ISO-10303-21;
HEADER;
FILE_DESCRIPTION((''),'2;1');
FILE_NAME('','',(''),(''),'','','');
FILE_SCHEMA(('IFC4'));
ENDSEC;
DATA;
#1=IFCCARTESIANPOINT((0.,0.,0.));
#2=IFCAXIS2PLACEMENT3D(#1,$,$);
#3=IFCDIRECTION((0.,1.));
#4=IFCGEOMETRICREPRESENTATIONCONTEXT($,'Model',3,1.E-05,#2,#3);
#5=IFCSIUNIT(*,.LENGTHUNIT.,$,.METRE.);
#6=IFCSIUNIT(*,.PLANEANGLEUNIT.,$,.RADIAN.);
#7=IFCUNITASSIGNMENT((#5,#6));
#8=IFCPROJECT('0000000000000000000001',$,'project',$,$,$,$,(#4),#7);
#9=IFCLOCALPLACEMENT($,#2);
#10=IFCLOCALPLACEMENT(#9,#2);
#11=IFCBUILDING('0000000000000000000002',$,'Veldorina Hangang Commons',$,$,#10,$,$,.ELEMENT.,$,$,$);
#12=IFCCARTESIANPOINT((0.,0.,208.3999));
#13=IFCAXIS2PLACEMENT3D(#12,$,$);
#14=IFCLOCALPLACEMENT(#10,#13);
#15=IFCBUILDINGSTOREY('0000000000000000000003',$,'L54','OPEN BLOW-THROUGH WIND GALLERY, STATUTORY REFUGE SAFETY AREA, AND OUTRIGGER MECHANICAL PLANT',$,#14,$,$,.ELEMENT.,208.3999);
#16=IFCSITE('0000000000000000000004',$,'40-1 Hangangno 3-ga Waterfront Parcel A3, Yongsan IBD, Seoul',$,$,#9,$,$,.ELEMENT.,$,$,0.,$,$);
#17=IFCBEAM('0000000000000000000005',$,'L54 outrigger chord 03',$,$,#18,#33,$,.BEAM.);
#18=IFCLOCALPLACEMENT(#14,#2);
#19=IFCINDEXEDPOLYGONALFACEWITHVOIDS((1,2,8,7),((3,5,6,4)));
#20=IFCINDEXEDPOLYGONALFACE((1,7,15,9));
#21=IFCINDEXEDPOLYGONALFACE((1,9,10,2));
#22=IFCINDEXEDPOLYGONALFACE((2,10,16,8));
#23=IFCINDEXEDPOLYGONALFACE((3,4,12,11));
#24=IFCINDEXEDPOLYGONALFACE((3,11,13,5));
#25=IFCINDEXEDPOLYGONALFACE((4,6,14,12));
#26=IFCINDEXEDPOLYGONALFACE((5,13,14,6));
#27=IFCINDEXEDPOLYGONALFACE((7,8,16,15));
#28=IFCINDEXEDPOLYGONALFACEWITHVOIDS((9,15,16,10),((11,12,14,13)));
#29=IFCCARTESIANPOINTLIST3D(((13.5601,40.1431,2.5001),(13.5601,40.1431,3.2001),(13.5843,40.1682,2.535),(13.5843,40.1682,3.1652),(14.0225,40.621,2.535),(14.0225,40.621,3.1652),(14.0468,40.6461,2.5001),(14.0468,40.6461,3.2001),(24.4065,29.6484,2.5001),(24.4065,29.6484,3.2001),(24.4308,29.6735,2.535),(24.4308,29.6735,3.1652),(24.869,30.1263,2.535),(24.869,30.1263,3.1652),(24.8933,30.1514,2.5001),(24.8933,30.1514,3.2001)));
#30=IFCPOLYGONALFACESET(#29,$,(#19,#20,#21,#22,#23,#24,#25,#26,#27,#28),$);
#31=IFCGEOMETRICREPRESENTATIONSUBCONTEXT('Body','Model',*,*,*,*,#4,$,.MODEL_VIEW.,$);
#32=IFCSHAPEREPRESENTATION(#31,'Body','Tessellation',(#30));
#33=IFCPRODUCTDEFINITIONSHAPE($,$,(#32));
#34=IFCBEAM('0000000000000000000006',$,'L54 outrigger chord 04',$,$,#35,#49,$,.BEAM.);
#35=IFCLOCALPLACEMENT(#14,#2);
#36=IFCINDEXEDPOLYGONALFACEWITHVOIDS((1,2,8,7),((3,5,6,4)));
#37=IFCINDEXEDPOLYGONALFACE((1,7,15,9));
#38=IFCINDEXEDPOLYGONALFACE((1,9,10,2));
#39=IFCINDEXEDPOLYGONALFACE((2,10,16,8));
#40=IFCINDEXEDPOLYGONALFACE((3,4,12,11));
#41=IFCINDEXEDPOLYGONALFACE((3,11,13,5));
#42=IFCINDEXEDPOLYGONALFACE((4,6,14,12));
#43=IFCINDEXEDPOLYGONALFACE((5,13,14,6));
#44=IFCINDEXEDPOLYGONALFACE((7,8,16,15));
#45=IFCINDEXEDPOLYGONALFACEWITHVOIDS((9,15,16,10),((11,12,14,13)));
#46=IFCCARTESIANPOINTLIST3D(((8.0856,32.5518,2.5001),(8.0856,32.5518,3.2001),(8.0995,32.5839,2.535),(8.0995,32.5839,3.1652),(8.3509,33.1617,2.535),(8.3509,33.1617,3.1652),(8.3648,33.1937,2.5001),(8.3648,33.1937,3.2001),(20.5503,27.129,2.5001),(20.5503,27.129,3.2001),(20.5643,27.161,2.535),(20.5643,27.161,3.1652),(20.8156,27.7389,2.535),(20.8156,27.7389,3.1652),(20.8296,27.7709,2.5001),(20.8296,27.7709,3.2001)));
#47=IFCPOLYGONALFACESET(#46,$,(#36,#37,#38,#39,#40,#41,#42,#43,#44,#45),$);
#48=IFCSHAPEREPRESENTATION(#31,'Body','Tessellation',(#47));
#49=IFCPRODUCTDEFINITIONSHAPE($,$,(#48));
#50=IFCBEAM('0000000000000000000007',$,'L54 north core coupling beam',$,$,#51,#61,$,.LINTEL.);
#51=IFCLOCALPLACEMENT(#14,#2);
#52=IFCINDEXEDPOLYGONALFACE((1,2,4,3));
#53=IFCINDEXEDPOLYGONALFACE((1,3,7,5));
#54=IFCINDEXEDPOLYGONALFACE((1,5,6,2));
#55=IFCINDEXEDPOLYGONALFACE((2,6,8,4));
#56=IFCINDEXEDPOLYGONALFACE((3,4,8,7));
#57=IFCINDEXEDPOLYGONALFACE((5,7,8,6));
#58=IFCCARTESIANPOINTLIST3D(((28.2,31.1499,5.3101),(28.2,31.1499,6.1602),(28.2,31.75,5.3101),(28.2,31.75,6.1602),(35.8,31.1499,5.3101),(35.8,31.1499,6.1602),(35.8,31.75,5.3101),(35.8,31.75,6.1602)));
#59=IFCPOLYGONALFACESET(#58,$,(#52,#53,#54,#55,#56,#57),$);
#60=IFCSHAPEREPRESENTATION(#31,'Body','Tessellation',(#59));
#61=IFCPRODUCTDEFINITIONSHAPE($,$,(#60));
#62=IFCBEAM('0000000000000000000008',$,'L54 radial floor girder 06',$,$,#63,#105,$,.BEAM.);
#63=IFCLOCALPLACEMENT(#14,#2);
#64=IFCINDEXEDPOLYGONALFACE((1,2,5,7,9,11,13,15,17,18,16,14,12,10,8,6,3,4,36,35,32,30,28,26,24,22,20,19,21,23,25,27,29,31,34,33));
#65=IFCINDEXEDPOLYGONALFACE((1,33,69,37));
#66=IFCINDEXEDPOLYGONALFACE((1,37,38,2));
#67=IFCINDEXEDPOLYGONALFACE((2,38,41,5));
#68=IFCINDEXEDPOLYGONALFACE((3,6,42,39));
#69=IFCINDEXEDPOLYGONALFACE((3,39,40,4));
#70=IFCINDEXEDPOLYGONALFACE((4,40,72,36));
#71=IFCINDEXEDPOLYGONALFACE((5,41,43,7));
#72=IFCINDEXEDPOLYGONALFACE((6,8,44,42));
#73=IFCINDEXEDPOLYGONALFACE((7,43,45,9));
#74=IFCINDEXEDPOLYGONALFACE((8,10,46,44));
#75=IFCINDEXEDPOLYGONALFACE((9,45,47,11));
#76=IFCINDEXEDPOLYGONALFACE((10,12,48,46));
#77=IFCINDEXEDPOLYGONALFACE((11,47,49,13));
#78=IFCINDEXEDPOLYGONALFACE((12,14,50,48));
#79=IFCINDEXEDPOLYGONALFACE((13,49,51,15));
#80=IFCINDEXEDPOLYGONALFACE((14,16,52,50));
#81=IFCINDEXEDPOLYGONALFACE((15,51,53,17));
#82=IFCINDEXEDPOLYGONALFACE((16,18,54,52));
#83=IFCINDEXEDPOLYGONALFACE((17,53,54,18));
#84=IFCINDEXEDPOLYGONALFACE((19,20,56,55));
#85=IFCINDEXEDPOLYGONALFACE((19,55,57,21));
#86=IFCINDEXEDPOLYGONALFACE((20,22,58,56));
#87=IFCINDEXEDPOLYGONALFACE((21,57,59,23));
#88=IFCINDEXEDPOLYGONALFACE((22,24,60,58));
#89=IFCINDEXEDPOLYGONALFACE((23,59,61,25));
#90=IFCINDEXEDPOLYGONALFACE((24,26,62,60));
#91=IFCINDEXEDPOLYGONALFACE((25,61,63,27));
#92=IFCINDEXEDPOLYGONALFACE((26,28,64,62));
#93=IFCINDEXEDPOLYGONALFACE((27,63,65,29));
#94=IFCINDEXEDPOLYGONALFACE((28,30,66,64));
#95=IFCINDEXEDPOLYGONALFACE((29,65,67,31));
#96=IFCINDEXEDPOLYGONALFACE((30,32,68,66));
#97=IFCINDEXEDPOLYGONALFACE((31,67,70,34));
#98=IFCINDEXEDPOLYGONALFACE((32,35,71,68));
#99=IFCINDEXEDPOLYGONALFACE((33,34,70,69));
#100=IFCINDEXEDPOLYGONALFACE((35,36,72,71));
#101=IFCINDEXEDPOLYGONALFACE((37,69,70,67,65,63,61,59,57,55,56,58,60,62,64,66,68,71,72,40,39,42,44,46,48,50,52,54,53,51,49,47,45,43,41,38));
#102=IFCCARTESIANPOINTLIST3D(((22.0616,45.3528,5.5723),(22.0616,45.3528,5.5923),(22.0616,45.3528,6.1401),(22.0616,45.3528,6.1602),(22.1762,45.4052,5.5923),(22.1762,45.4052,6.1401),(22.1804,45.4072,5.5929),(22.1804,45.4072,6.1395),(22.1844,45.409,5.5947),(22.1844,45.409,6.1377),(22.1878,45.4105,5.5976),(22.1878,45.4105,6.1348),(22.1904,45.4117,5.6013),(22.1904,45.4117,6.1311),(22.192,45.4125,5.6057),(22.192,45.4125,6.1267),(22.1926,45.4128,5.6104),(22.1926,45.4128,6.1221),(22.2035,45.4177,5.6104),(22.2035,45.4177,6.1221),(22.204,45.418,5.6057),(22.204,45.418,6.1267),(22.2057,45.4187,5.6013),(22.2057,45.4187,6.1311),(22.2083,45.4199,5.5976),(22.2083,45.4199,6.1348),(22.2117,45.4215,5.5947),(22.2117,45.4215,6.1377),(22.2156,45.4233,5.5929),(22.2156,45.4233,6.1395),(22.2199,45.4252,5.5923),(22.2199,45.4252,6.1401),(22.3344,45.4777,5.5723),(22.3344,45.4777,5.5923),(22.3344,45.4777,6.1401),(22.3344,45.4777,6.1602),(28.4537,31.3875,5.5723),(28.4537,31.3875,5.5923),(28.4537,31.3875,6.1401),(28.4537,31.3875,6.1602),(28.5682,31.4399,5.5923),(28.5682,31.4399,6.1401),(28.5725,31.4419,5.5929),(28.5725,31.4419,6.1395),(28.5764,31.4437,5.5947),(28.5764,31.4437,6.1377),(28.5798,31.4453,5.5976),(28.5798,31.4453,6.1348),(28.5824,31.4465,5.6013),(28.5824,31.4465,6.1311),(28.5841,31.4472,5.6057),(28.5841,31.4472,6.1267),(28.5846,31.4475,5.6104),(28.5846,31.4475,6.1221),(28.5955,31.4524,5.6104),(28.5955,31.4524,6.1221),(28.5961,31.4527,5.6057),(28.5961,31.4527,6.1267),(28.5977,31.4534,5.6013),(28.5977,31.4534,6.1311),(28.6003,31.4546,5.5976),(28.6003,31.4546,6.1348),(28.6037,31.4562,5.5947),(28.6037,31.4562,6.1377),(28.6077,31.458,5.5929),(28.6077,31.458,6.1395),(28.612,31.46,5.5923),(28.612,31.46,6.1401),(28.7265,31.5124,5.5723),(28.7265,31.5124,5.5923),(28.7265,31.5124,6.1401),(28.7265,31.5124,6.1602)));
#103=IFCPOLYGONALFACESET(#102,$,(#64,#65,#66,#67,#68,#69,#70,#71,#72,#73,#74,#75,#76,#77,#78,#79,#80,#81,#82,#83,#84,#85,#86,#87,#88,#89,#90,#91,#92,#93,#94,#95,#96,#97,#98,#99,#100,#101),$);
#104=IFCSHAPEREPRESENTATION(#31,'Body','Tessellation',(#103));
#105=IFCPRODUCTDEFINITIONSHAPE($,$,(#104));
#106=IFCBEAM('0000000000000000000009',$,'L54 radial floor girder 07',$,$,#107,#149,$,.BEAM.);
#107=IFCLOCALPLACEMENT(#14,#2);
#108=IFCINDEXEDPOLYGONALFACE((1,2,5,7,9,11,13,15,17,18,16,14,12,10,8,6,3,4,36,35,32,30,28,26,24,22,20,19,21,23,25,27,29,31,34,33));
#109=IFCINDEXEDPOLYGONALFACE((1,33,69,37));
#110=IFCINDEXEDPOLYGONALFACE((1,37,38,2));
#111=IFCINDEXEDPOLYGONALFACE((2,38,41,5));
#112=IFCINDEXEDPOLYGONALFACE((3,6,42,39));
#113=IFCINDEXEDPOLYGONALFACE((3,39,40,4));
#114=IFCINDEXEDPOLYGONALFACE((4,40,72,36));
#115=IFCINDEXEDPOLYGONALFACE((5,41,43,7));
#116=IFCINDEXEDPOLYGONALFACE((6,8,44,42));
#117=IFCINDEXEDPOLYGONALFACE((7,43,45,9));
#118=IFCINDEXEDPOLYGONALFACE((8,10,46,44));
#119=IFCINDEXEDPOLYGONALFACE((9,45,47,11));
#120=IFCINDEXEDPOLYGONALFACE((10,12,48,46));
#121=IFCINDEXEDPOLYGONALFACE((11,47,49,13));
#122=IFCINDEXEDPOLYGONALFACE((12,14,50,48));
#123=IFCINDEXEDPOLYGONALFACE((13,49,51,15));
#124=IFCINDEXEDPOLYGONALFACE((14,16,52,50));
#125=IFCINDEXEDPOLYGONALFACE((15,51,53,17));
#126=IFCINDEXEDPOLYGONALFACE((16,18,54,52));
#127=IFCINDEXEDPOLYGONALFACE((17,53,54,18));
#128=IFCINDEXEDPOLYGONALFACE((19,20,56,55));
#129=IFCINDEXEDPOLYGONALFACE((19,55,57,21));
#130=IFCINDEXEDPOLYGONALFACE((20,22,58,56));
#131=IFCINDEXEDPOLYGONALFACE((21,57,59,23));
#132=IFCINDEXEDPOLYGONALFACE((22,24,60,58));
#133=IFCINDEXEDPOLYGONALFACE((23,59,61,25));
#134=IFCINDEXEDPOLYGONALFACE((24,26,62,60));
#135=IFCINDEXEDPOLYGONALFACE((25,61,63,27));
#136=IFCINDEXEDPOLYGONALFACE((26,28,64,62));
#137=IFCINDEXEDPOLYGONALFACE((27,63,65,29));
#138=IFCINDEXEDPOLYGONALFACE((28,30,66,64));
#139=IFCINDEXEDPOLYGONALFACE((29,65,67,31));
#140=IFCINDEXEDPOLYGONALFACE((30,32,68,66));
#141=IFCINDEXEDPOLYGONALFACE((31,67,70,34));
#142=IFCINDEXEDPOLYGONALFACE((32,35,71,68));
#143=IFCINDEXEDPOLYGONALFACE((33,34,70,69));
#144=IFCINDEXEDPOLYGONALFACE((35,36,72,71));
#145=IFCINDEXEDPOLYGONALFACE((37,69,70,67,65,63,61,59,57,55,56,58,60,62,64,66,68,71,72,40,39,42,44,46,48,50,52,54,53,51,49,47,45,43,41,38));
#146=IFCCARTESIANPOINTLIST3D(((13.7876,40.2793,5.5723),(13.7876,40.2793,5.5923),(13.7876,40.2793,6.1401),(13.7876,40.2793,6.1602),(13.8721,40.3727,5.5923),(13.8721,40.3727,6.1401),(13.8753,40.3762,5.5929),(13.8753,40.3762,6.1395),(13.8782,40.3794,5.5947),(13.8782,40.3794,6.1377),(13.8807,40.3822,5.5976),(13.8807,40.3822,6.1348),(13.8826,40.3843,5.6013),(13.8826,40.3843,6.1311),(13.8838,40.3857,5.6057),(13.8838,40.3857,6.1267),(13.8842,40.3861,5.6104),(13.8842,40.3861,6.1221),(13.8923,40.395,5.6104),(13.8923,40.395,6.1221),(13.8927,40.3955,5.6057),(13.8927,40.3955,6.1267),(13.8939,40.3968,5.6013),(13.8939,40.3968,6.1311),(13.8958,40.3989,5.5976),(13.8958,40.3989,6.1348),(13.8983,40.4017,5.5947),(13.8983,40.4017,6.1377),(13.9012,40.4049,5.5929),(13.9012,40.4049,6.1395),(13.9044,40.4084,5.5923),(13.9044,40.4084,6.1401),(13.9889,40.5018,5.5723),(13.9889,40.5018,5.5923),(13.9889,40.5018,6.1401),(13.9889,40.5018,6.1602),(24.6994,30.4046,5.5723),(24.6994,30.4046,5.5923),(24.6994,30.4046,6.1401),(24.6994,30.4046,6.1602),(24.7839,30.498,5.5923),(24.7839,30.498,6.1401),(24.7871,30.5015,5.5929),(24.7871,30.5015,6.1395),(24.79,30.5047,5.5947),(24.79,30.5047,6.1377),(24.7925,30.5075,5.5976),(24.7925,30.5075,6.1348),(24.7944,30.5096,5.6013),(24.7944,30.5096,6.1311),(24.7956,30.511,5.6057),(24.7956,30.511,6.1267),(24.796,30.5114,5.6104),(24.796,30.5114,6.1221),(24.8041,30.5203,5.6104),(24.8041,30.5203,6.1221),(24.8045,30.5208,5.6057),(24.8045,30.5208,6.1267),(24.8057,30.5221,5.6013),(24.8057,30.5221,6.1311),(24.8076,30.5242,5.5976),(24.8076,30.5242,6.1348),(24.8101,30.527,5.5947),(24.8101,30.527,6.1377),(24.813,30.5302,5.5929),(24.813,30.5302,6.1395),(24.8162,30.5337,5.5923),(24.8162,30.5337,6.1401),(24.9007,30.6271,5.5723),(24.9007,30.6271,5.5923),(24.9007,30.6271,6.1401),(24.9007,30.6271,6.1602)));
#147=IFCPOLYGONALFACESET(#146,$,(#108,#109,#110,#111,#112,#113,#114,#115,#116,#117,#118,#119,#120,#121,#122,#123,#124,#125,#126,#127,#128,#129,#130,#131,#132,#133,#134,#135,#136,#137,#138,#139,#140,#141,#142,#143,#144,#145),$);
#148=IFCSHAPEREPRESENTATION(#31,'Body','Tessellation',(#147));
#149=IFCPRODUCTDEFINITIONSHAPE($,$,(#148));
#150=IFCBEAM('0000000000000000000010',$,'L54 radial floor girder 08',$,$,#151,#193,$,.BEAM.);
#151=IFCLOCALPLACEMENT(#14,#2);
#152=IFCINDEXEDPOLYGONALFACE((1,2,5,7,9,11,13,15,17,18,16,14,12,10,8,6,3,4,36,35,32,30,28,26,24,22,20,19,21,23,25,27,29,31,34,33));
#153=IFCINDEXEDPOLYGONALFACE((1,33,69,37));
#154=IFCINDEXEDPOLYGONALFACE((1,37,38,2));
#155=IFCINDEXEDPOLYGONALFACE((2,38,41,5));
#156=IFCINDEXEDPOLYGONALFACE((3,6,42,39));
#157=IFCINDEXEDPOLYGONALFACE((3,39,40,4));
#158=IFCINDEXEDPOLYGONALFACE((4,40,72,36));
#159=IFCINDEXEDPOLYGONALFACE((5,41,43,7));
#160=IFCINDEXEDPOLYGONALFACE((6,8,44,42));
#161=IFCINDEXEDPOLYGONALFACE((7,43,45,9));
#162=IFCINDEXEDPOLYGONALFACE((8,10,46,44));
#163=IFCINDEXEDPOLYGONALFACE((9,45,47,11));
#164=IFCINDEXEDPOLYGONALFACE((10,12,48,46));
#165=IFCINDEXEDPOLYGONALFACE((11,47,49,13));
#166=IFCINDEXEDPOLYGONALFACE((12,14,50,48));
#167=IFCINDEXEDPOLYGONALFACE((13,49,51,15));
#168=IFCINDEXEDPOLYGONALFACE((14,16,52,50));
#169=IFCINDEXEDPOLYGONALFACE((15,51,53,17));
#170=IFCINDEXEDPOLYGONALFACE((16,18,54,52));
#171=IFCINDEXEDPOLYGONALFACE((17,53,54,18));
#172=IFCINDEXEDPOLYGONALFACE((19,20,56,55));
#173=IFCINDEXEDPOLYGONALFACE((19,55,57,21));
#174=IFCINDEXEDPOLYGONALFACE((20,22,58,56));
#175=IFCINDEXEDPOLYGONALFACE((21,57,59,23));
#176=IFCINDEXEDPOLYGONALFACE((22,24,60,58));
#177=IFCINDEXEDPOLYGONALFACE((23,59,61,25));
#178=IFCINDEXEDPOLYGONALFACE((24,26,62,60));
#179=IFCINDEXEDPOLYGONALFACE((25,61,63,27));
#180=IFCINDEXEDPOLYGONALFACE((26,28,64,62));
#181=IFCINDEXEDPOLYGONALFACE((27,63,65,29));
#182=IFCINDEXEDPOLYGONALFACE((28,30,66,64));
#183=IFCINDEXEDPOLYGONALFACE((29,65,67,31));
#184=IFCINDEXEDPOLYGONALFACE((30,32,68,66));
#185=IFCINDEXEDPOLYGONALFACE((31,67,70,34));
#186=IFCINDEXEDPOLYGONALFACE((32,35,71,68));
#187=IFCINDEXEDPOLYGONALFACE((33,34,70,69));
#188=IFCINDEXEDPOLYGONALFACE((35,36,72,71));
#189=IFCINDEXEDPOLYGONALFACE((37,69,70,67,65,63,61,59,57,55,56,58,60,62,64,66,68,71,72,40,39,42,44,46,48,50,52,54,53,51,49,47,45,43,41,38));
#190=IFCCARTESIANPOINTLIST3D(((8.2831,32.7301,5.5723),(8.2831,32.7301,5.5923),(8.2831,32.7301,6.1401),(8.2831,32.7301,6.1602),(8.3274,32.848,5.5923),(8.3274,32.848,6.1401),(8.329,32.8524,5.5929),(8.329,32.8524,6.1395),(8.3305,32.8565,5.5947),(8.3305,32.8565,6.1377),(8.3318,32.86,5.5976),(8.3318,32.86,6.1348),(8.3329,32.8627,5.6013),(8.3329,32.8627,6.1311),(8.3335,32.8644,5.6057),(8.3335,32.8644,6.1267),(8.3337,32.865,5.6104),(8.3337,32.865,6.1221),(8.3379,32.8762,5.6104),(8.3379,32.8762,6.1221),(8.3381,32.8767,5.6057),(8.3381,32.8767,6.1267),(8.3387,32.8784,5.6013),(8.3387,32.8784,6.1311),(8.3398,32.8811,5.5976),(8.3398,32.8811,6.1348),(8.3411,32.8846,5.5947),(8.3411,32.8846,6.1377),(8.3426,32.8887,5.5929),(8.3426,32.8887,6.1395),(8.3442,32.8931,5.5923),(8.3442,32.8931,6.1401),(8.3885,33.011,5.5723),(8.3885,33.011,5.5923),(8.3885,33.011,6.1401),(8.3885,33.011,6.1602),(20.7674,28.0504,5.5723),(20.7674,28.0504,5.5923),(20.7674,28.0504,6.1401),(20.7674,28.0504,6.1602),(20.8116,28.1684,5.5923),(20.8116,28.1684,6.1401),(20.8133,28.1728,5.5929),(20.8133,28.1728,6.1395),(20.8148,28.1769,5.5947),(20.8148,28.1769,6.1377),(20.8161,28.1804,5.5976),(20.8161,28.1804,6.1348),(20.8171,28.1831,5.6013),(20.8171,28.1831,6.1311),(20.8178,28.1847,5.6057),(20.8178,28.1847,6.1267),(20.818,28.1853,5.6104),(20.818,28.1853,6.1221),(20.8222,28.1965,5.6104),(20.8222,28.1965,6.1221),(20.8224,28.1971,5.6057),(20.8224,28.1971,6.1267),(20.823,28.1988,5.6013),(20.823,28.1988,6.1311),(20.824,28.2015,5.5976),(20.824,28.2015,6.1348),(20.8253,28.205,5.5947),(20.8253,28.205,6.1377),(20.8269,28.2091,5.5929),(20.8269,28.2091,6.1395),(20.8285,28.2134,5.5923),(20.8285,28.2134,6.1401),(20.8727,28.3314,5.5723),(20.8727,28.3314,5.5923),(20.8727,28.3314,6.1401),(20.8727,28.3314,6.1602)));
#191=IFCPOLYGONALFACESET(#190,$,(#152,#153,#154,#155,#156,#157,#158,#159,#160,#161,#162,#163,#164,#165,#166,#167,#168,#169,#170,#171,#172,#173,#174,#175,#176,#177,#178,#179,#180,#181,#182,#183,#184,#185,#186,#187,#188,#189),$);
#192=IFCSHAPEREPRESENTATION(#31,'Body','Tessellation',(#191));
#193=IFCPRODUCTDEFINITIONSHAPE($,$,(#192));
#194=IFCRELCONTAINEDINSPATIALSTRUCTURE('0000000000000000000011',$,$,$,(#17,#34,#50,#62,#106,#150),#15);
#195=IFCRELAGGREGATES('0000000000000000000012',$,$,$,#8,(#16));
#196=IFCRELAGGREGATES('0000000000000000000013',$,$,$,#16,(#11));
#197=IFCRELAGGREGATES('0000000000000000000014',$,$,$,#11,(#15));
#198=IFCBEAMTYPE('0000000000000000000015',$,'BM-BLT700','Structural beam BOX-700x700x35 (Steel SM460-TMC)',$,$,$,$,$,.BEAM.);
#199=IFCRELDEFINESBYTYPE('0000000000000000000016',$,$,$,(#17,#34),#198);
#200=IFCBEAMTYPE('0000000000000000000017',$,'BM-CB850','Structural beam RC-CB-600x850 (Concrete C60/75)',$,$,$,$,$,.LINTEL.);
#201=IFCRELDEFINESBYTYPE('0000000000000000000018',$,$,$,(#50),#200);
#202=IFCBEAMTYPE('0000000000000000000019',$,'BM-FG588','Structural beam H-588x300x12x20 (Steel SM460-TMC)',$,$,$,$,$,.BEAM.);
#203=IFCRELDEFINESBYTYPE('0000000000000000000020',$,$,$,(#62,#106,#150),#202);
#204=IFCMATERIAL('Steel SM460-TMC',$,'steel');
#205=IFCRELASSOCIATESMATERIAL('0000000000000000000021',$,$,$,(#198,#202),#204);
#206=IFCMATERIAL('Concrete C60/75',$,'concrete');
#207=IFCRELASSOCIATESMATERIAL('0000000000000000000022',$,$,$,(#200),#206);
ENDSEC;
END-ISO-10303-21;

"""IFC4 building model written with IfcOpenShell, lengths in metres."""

from ifc_helpers import new_model, si_unit, direction, frame, origin, origin_2d, place, context, subcontext, project, spatial, rectangle, hollow_rectangle, i_section, extrude, material, material_profile, profile_set, type_object, element, save


model = new_model("IFC4")

# Units and contexts
model_context = context("Model", 3, precision=1e-05, world=origin(), true_north=direction((0.0, 1.0)))
body_context = subcontext(model_context, "Body", "Model", "MODEL_VIEW")
ifc_project = project(units=[si_unit("LENGTHUNIT", "METRE"), si_unit("PLANEANGLEUNIT", "RADIAN")], contexts=[model_context])

# Site, building, storey
site_placement = place(None, origin())
site = spatial("IfcSite", under=ifc_project, at=site_placement, Name="40-1 Hangangno 3-ga Waterfront Parcel A3, Yongsan IBD, Seoul", CompositionType="ELEMENT", RefElevation=0.0)
building_placement = place(site_placement, origin())
building = spatial("IfcBuilding", under=site, at=building_placement, Name="Veldorina Hangang Commons", CompositionType="ELEMENT")
storey_placement = place(building_placement, frame((0.0, 0.0, 208.3999)))
storey = spatial("IfcBuildingStorey", under=building, at=storey_placement, Name="L54", Description="OPEN BLOW-THROUGH WIND GALLERY, STATUTORY REFUGE SAFETY AREA, AND OUTRIGGER MECHANICAL PLANT", CompositionType="ELEMENT", Elevation=208.3999)

# Beams
ifc_material_1 = material(Name="Steel SM460-TMC", Category="steel")
ifc_material_profile_1 = material_profile(ifc_material_1, hollow_rectangle(XDim=0.7, YDim=0.7, WallThickness=0.0349, at=origin_2d()), Name="BOX-700x700x35")
ifc_profile_set_1 = profile_set([ifc_material_profile_1], Name="Steel SM460-TMC")
beam_type_1 = type_object("IfcBeamType", Name="BM-BLT700", Description="Structural beam BOX-700x700x35 (Steel SM460-TMC)", PredefinedType="BEAM", material=ifc_profile_set_1)
beam_1_placement = place(storey_placement, frame((24.6499, 29.8999, 2.8501), z_axis=(-0.718666, 0.695356, 0.0), x_axis=(-0.695356, -0.718666, 0.0)))
element("IfcBeam", 1, at=beam_1_placement, inside=storey, type_object=beam_type_1, Name="L54 outrigger chord 03", PredefinedType="BEAM", context=body_context, shape_type="SweptSolid", body=[
    extrude(hollow_rectangle(XDim=0.7, YDim=0.7, WallThickness=0.0349, at=origin_2d()), origin(), (0.0, 0.0, 1.0), 15.0925),
])
beam_2_placement = place(storey_placement, frame((20.6899, 27.45, 2.8501), z_axis=(-0.91698, 0.398934, 0.0), x_axis=(-0.398934, -0.91698, 0.0)))
element("IfcBeam", 2, at=beam_2_placement, inside=storey, type_object=beam_type_1, Name="L54 outrigger chord 04", PredefinedType="BEAM", context=body_context, shape_type="SweptSolid", body=[
    extrude(hollow_rectangle(XDim=0.7, YDim=0.7, WallThickness=0.0349, at=origin_2d()), origin(), (0.0, 0.0, 1.0), 13.5933),
])
ifc_material_2 = material(Name="Concrete C60/75", Category="concrete")
ifc_material_profile_2 = material_profile(ifc_material_2, rectangle(XDim=0.6001, YDim=0.8501, at=origin_2d()), Name="RC-CB-600x850")
ifc_profile_set_2 = profile_set([ifc_material_profile_2], Name="Concrete C60/75")
beam_type_2 = type_object("IfcBeamType", Name="BM-CB850", Description="Structural beam RC-CB-600x850 (Concrete C60/75)", PredefinedType="LINTEL", material=ifc_profile_set_2)
beam_3_placement = place(storey_placement, frame((28.2, 31.45, 5.7351), z_axis=(1.0, 0.0, 0.0), x_axis=(0.0, 1.0, 0.0)))
element("IfcBeam", 3, at=beam_3_placement, inside=storey, type_object=beam_type_2, Name="L54 north core coupling beam", PredefinedType="LINTEL", context=body_context, shape_type="SweptSolid", body=[
    extrude(rectangle(XDim=0.6001, YDim=0.8501, at=origin_2d()), origin(), (0.0, 0.0, 1.0), 7.6001),
])
ifc_material_profile_3 = material_profile(ifc_material_1, i_section(OverallWidth=0.3, OverallDepth=0.5879, WebThickness=0.012, FlangeThickness=0.02, FilletRadius=0.0181, at=origin_2d()), Name="H-588x300x12x20")
ifc_profile_set_3 = profile_set([ifc_material_profile_3], Name="Steel SM460-TMC")
beam_type_3 = type_object("IfcBeamType", Name="BM-FG588", Description="Structural beam H-588x300x12x20 (Steel SM460-TMC)", PredefinedType="BEAM", material=ifc_profile_set_3)
beam_4_placement = place(storey_placement, frame((28.5901, 31.45, 5.8662), z_axis=(-0.416187, 0.909279, 0.0), x_axis=(-0.909279, -0.416187, 0.0)))
element("IfcBeam", 4, at=beam_4_placement, inside=storey, type_object=beam_type_3, Name="L54 radial floor girder 06", PredefinedType="BEAM", context=body_context, shape_type="SweptSolid", body=[
    extrude(i_section(OverallWidth=0.3, OverallDepth=0.5879, WebThickness=0.012, FlangeThickness=0.02, FilletRadius=0.0181, at=origin_2d()), origin(), (0.0, 0.0, 1.0), 15.3586),
])
beam_5_placement = place(storey_placement, frame((24.8, 30.5159, 5.8662), z_axis=(-0.741464, 0.670992, 0.0), x_axis=(-0.670992, -0.741464, 0.0)))
element("IfcBeam", 5, at=beam_5_placement, inside=storey, type_object=beam_type_3, Name="L54 radial floor girder 07", PredefinedType="BEAM", context=body_context, shape_type="SweptSolid", body=[
    extrude(i_section(OverallWidth=0.3, OverallDepth=0.5879, WebThickness=0.012, FlangeThickness=0.02, FilletRadius=0.0181, at=origin_2d()), origin(), (0.0, 0.0, 1.0), 14.7166),
])
beam_6_placement = place(storey_placement, frame((20.8201, 28.1909, 5.8662), z_axis=(-0.936377, 0.350995, 0.0), x_axis=(-0.350995, -0.936377, 0.0)))
element("IfcBeam", 6, at=beam_6_placement, inside=storey, type_object=beam_type_3, Name="L54 radial floor girder 08", PredefinedType="BEAM", context=body_context, shape_type="SweptSolid", body=[
    extrude(i_section(OverallWidth=0.3, OverallDepth=0.5879, WebThickness=0.012, FlangeThickness=0.02, FilletRadius=0.0181, at=origin_2d()), origin(), (0.0, 0.0, 1.0), 13.3325),
])

save(model, "model.ifc")
